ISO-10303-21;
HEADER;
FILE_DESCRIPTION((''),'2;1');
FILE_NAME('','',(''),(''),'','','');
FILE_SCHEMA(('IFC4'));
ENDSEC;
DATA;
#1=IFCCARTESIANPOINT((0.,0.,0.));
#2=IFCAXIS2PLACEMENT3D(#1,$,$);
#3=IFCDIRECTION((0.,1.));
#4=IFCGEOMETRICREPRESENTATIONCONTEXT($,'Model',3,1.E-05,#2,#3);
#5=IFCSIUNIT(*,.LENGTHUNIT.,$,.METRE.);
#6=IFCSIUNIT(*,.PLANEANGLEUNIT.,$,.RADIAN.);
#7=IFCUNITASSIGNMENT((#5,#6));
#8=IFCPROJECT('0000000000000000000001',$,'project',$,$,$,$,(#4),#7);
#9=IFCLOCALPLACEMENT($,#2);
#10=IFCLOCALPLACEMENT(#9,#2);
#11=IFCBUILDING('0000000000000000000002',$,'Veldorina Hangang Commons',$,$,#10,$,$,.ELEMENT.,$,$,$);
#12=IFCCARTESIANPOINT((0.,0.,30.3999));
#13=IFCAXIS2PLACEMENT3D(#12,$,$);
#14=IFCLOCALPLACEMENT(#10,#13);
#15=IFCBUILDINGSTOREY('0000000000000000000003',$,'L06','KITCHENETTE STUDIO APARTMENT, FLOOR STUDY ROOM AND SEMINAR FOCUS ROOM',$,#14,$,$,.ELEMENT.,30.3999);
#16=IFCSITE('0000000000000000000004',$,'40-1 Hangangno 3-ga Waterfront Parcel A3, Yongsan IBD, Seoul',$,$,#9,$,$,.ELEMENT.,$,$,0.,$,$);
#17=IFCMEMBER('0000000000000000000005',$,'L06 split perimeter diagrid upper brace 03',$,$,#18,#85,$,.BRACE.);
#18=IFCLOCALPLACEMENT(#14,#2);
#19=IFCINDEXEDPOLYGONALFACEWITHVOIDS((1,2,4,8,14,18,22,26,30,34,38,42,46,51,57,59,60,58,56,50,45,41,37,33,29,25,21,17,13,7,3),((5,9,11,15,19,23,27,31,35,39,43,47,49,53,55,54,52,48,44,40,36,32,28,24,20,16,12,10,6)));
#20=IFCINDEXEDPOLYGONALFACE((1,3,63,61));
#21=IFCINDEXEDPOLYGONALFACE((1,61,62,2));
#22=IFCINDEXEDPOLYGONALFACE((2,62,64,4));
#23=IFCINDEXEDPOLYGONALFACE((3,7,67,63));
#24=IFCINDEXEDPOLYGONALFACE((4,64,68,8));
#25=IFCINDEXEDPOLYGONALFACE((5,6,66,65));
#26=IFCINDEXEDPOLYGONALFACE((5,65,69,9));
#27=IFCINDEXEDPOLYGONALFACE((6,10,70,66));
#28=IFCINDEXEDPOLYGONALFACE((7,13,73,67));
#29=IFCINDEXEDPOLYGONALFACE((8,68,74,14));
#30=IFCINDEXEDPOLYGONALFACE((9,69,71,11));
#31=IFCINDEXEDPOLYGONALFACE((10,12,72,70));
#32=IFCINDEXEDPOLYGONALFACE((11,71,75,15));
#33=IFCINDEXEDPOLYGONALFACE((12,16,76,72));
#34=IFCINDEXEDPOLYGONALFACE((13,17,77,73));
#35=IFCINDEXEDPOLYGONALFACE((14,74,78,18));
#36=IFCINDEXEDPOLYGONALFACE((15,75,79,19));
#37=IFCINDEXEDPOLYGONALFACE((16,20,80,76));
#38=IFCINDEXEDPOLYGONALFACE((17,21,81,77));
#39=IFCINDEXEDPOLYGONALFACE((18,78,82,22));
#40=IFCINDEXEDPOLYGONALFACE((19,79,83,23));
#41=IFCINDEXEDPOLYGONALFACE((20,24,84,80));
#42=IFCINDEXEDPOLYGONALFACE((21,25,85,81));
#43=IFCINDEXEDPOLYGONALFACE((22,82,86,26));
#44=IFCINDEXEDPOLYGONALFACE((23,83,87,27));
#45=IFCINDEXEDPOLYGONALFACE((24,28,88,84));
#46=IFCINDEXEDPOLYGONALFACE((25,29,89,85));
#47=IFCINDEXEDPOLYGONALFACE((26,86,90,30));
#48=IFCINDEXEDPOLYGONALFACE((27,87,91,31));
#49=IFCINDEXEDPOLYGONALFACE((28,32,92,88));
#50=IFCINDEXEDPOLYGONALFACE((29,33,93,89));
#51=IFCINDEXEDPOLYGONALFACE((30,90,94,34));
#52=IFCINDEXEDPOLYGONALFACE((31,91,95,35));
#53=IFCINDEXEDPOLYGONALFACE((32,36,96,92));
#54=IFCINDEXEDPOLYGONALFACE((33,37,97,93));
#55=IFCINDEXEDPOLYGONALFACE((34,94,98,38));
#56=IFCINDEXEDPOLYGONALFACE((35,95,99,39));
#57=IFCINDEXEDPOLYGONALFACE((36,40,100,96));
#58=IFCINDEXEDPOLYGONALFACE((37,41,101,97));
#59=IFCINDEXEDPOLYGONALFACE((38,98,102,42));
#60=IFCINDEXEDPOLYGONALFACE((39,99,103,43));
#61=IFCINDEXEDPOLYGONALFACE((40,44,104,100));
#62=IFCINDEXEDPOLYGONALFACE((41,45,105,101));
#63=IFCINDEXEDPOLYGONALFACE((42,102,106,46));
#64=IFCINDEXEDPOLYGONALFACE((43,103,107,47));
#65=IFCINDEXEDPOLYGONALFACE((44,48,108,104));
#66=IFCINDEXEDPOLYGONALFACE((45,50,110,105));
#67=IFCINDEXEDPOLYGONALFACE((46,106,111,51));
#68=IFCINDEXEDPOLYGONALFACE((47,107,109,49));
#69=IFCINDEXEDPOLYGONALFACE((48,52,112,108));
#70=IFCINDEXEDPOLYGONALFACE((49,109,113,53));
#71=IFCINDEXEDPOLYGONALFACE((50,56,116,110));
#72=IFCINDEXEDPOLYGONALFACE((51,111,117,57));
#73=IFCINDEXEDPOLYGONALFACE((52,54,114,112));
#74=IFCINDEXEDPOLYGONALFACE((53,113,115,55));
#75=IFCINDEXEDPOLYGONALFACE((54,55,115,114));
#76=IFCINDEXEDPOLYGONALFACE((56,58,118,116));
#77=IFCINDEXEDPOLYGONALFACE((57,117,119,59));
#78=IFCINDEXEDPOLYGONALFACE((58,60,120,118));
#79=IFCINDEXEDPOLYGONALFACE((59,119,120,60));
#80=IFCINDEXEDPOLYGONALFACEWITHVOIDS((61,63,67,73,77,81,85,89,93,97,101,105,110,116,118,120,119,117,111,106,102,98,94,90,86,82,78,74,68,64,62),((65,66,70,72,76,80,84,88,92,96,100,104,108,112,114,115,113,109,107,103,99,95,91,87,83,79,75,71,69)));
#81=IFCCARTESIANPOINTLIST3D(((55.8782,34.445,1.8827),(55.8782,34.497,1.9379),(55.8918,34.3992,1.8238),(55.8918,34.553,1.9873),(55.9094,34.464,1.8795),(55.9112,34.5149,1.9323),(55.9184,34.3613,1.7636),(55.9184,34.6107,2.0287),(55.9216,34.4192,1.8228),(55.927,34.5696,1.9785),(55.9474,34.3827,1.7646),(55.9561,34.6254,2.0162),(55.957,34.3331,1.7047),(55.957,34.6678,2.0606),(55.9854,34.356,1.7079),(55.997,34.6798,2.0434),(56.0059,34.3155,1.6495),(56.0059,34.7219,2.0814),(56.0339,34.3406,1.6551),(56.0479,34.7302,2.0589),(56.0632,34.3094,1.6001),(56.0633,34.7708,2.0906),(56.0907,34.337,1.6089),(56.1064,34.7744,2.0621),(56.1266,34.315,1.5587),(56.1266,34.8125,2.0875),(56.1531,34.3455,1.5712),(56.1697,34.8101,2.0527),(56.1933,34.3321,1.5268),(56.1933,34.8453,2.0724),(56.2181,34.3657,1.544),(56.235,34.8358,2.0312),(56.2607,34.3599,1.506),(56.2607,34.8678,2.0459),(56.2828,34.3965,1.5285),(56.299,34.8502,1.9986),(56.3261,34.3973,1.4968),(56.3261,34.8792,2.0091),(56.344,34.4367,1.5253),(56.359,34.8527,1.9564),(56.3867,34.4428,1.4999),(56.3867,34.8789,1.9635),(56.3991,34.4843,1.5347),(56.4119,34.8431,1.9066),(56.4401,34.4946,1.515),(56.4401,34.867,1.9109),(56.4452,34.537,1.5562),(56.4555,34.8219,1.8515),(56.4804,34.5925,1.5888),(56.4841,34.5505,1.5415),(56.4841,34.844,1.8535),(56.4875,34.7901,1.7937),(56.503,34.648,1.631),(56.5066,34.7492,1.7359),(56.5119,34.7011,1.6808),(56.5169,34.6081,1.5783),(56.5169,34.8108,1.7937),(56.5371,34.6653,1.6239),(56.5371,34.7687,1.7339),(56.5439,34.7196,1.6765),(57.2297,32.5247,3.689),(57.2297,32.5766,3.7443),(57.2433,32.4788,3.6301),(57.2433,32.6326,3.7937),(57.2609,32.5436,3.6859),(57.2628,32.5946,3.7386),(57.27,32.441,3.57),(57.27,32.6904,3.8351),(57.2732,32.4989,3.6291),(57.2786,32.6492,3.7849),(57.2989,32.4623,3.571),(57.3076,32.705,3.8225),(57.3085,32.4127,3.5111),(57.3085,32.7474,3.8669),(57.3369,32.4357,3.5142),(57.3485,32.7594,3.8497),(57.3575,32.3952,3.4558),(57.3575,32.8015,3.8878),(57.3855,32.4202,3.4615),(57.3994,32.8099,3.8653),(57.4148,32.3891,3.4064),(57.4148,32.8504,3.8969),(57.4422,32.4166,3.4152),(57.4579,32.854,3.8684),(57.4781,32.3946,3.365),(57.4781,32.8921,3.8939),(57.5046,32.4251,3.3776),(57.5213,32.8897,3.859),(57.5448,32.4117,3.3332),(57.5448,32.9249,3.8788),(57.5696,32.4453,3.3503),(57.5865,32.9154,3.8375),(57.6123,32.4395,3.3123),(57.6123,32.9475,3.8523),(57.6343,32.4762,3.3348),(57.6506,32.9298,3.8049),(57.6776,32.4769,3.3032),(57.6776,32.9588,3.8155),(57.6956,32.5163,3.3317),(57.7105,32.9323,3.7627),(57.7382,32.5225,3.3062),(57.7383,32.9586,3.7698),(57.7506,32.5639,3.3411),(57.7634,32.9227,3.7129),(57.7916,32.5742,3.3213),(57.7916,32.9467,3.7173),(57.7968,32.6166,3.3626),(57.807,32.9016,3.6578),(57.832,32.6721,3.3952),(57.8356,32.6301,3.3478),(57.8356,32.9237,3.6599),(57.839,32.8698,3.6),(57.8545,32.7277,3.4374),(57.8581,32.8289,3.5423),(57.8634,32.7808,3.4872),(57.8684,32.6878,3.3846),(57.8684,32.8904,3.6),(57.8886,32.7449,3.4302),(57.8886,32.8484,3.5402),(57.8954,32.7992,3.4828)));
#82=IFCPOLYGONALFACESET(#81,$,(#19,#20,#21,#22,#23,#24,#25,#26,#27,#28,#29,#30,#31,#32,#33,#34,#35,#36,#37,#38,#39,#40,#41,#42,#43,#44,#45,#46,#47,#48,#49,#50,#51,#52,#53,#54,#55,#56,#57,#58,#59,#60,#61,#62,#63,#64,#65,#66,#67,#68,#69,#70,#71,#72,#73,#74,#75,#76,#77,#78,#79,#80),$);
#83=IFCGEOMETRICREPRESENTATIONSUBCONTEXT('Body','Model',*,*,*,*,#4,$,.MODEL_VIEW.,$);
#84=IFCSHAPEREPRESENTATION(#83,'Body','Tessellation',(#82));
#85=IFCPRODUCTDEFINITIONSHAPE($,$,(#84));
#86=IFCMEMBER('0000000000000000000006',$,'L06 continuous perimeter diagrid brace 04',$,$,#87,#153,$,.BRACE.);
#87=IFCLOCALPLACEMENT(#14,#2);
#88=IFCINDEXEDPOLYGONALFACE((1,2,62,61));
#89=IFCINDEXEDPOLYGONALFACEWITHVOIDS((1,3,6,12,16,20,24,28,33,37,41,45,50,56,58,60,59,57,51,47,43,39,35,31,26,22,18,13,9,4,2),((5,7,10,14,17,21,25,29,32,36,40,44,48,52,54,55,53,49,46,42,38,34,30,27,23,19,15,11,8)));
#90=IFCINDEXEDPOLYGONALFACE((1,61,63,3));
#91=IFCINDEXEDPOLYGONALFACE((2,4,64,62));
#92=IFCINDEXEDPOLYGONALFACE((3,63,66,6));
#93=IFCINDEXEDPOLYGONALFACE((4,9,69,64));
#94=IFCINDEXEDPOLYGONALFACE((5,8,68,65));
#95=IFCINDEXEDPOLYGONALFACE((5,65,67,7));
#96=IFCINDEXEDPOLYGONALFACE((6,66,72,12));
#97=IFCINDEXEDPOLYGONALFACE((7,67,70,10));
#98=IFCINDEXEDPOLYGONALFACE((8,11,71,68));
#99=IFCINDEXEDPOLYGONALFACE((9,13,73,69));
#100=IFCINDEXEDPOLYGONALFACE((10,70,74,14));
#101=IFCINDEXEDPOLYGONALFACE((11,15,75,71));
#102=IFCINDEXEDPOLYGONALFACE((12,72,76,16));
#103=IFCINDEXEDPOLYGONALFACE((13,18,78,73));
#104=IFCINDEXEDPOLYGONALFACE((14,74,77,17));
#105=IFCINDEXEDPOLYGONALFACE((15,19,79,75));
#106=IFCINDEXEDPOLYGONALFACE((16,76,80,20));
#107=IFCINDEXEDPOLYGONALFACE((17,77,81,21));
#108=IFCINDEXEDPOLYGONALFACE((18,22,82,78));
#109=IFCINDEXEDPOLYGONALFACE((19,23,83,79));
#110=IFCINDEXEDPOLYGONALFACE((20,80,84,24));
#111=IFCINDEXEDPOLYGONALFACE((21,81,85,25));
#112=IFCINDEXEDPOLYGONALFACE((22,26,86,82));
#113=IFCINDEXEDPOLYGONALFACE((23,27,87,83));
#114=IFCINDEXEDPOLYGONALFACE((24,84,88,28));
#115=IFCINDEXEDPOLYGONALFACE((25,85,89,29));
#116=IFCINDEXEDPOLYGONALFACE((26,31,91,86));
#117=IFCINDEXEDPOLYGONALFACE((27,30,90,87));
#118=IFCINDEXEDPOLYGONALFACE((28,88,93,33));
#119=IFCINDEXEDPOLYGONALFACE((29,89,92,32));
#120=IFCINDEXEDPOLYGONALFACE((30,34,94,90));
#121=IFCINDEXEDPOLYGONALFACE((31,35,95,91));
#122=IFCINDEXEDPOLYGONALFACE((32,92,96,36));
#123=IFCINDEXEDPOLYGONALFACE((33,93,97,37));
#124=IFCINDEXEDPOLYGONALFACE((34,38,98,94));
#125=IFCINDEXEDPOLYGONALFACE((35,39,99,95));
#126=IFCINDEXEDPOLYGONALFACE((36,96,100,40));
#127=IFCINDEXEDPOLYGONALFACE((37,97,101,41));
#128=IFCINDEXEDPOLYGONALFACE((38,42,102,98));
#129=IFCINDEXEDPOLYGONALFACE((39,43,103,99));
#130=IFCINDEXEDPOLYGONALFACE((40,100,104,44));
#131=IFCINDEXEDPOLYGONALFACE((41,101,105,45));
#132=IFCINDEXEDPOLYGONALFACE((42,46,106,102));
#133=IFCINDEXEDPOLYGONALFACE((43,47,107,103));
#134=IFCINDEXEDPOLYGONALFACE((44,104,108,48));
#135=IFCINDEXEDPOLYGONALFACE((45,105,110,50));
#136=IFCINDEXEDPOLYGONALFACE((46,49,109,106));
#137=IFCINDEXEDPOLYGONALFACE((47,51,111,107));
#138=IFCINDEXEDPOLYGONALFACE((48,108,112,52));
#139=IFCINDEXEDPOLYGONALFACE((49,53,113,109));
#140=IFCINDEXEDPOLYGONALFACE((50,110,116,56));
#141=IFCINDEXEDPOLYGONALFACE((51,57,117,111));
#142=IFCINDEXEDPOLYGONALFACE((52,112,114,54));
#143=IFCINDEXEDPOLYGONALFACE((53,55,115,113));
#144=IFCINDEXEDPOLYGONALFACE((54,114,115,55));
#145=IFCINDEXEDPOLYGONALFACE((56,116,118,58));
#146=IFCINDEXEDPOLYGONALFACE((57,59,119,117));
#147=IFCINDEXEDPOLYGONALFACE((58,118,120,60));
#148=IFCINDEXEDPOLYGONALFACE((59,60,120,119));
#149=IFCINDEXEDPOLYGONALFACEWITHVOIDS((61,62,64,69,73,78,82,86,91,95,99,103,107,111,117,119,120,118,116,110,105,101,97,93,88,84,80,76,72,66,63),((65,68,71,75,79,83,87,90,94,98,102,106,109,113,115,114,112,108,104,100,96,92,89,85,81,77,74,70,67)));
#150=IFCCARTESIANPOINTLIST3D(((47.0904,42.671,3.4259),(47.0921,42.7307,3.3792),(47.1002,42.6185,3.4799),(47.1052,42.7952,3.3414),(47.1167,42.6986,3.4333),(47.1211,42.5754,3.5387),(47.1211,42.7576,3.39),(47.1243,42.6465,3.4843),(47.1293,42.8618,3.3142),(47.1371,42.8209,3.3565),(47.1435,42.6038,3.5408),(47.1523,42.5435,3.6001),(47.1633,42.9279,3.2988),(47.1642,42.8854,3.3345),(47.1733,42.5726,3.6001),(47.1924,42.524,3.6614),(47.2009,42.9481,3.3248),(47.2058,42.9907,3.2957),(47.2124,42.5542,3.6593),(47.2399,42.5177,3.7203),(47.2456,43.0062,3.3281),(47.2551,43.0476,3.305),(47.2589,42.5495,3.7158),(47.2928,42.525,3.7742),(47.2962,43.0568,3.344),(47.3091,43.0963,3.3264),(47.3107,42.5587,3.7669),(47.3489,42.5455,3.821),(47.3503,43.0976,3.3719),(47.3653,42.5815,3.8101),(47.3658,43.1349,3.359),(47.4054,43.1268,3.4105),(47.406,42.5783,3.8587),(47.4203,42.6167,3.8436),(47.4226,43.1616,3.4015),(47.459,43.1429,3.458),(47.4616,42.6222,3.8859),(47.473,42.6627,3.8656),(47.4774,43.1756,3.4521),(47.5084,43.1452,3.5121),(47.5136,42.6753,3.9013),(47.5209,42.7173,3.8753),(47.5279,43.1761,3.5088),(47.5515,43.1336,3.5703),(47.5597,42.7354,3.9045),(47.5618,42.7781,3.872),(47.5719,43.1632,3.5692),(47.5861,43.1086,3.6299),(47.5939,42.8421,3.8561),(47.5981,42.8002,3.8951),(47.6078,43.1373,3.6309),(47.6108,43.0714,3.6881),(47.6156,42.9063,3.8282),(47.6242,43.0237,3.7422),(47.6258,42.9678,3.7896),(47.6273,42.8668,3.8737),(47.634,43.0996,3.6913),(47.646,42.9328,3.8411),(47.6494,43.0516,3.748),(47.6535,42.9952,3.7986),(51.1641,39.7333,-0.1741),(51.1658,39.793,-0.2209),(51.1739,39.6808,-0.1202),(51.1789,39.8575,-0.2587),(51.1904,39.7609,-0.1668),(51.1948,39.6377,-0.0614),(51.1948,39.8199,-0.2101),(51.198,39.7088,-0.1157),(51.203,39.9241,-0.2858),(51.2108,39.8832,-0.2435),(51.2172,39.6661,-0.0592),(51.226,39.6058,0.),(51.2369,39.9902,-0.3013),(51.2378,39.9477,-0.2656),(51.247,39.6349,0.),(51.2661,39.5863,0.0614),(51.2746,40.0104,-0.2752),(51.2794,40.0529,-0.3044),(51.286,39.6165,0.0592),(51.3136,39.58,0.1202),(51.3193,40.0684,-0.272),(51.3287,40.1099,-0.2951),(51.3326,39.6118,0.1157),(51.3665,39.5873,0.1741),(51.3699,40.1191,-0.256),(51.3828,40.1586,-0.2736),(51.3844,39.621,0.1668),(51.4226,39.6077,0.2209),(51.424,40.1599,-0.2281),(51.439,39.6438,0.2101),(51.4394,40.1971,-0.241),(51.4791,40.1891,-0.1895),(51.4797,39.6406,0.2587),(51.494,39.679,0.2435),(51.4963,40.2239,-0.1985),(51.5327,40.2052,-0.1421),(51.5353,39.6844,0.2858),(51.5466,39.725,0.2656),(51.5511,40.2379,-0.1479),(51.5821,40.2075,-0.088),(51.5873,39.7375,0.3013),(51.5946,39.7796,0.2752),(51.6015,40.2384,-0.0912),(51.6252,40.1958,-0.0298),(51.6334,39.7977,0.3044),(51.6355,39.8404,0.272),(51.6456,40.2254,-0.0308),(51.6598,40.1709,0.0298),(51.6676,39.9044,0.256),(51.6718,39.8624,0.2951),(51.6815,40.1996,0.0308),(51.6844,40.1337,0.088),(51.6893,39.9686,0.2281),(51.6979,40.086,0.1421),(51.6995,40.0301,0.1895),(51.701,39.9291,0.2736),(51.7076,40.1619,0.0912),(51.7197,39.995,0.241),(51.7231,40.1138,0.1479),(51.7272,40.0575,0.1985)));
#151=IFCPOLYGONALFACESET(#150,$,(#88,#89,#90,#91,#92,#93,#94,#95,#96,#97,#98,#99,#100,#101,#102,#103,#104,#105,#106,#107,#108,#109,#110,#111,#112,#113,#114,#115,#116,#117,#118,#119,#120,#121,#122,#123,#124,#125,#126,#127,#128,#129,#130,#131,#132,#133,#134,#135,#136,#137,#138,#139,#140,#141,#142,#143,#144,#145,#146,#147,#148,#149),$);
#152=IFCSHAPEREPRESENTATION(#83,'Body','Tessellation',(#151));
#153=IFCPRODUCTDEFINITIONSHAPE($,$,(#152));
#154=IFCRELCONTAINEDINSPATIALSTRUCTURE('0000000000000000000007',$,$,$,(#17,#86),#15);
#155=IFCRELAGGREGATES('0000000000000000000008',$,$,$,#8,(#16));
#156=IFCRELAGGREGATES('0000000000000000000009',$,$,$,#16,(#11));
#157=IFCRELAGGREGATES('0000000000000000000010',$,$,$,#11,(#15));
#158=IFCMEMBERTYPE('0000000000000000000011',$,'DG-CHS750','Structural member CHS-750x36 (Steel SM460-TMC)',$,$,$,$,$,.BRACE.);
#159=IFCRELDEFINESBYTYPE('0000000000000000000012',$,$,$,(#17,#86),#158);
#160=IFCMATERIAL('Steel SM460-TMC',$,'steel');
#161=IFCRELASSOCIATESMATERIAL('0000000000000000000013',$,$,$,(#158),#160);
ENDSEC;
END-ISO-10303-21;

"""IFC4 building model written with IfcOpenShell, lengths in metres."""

from ifc_helpers import new_model, si_unit, direction, frame, origin, origin_2d, place, context, subcontext, project, spatial, hollow_circle, extrude, material, material_profile, profile_set, type_object, element, save


model = new_model("IFC4")

# Units and contexts
model_context = context("Model", 3, precision=1e-05, world=origin(), true_north=direction((0.0, 1.0)))
body_context = subcontext(model_context, "Body", "Model", "MODEL_VIEW")
ifc_project = project(units=[si_unit("LENGTHUNIT", "METRE"), si_unit("PLANEANGLEUNIT", "RADIAN")], contexts=[model_context])

# Site, building, storey
site_placement = place(None, origin())
site = spatial("IfcSite", under=ifc_project, at=site_placement, Name="40-1 Hangangno 3-ga Waterfront Parcel A3, Yongsan IBD, Seoul", CompositionType="ELEMENT", RefElevation=0.0)
building_placement = place(site_placement, origin())
building = spatial("IfcBuilding", under=site, at=building_placement, Name="Veldorina Hangang Commons", CompositionType="ELEMENT")
storey_placement = place(building_placement, frame((0.0, 0.0, 30.3999)))
storey = spatial("IfcBuildingStorey", under=building, at=storey_placement, Name="L06", Description="KITCHENETTE STUDIO APARTMENT, FLOOR STUDY ROOM AND SEMINAR FOCUS ROOM", CompositionType="ELEMENT", Elevation=30.3999)

# Shared definitions
ifc_material_1 = material(Name="Steel SM460-TMC", Category="steel")

# Members
ifc_material_profile_1 = material_profile(ifc_material_1, hollow_circle(Radius=0.375, WallThickness=0.0359, at=origin_2d()), Name="CHS-750x36")
ifc_profile_set_1 = profile_set([ifc_material_profile_1], Name="Steel SM460-TMC")
member_type = type_object("IfcMemberType", Name="DG-CHS750", Description="Structural member CHS-750x36 (Steel SM460-TMC)", PredefinedType="BRACE", material=ifc_profile_set_1)
member_1_placement = place(storey_placement, frame((56.2102, 34.595, 1.7937), z_axis=(0.456188, -0.64819, 0.609707), x_axis=(0.817774, 0.57554, 0.0)))
element("IfcMember", 1, at=member_1_placement, inside=storey, type_object=member_type, Name="L06 split perimeter diagrid upper brace 03", PredefinedType="BRACE", context=body_context, shape_type="SweptSolid", body=[
    extrude(hollow_circle(Radius=0.375, WallThickness=0.0359, at=origin_2d()), origin(), (0.0, 0.0, 1.0), 2.9626),
])
member_2_placement = place(storey_placement, frame((51.4453, 39.9099, 0.0), z_axis=(-0.659232, 0.475401, 0.582586), x_axis=(-0.584915, -0.811094, 0.0)))
element("IfcMember", 2, at=member_2_placement, inside=storey, type_object=member_type, Name="L06 continuous perimeter diagrid brace 04", PredefinedType="BRACE", context=body_context, shape_type="SweptSolid", body=[
    extrude(hollow_circle(Radius=0.375, WallThickness=0.0359, at=origin_2d()), origin(), (0.0, 0.0, 1.0), 6.1794),
])

save(model, "model.ifc")
